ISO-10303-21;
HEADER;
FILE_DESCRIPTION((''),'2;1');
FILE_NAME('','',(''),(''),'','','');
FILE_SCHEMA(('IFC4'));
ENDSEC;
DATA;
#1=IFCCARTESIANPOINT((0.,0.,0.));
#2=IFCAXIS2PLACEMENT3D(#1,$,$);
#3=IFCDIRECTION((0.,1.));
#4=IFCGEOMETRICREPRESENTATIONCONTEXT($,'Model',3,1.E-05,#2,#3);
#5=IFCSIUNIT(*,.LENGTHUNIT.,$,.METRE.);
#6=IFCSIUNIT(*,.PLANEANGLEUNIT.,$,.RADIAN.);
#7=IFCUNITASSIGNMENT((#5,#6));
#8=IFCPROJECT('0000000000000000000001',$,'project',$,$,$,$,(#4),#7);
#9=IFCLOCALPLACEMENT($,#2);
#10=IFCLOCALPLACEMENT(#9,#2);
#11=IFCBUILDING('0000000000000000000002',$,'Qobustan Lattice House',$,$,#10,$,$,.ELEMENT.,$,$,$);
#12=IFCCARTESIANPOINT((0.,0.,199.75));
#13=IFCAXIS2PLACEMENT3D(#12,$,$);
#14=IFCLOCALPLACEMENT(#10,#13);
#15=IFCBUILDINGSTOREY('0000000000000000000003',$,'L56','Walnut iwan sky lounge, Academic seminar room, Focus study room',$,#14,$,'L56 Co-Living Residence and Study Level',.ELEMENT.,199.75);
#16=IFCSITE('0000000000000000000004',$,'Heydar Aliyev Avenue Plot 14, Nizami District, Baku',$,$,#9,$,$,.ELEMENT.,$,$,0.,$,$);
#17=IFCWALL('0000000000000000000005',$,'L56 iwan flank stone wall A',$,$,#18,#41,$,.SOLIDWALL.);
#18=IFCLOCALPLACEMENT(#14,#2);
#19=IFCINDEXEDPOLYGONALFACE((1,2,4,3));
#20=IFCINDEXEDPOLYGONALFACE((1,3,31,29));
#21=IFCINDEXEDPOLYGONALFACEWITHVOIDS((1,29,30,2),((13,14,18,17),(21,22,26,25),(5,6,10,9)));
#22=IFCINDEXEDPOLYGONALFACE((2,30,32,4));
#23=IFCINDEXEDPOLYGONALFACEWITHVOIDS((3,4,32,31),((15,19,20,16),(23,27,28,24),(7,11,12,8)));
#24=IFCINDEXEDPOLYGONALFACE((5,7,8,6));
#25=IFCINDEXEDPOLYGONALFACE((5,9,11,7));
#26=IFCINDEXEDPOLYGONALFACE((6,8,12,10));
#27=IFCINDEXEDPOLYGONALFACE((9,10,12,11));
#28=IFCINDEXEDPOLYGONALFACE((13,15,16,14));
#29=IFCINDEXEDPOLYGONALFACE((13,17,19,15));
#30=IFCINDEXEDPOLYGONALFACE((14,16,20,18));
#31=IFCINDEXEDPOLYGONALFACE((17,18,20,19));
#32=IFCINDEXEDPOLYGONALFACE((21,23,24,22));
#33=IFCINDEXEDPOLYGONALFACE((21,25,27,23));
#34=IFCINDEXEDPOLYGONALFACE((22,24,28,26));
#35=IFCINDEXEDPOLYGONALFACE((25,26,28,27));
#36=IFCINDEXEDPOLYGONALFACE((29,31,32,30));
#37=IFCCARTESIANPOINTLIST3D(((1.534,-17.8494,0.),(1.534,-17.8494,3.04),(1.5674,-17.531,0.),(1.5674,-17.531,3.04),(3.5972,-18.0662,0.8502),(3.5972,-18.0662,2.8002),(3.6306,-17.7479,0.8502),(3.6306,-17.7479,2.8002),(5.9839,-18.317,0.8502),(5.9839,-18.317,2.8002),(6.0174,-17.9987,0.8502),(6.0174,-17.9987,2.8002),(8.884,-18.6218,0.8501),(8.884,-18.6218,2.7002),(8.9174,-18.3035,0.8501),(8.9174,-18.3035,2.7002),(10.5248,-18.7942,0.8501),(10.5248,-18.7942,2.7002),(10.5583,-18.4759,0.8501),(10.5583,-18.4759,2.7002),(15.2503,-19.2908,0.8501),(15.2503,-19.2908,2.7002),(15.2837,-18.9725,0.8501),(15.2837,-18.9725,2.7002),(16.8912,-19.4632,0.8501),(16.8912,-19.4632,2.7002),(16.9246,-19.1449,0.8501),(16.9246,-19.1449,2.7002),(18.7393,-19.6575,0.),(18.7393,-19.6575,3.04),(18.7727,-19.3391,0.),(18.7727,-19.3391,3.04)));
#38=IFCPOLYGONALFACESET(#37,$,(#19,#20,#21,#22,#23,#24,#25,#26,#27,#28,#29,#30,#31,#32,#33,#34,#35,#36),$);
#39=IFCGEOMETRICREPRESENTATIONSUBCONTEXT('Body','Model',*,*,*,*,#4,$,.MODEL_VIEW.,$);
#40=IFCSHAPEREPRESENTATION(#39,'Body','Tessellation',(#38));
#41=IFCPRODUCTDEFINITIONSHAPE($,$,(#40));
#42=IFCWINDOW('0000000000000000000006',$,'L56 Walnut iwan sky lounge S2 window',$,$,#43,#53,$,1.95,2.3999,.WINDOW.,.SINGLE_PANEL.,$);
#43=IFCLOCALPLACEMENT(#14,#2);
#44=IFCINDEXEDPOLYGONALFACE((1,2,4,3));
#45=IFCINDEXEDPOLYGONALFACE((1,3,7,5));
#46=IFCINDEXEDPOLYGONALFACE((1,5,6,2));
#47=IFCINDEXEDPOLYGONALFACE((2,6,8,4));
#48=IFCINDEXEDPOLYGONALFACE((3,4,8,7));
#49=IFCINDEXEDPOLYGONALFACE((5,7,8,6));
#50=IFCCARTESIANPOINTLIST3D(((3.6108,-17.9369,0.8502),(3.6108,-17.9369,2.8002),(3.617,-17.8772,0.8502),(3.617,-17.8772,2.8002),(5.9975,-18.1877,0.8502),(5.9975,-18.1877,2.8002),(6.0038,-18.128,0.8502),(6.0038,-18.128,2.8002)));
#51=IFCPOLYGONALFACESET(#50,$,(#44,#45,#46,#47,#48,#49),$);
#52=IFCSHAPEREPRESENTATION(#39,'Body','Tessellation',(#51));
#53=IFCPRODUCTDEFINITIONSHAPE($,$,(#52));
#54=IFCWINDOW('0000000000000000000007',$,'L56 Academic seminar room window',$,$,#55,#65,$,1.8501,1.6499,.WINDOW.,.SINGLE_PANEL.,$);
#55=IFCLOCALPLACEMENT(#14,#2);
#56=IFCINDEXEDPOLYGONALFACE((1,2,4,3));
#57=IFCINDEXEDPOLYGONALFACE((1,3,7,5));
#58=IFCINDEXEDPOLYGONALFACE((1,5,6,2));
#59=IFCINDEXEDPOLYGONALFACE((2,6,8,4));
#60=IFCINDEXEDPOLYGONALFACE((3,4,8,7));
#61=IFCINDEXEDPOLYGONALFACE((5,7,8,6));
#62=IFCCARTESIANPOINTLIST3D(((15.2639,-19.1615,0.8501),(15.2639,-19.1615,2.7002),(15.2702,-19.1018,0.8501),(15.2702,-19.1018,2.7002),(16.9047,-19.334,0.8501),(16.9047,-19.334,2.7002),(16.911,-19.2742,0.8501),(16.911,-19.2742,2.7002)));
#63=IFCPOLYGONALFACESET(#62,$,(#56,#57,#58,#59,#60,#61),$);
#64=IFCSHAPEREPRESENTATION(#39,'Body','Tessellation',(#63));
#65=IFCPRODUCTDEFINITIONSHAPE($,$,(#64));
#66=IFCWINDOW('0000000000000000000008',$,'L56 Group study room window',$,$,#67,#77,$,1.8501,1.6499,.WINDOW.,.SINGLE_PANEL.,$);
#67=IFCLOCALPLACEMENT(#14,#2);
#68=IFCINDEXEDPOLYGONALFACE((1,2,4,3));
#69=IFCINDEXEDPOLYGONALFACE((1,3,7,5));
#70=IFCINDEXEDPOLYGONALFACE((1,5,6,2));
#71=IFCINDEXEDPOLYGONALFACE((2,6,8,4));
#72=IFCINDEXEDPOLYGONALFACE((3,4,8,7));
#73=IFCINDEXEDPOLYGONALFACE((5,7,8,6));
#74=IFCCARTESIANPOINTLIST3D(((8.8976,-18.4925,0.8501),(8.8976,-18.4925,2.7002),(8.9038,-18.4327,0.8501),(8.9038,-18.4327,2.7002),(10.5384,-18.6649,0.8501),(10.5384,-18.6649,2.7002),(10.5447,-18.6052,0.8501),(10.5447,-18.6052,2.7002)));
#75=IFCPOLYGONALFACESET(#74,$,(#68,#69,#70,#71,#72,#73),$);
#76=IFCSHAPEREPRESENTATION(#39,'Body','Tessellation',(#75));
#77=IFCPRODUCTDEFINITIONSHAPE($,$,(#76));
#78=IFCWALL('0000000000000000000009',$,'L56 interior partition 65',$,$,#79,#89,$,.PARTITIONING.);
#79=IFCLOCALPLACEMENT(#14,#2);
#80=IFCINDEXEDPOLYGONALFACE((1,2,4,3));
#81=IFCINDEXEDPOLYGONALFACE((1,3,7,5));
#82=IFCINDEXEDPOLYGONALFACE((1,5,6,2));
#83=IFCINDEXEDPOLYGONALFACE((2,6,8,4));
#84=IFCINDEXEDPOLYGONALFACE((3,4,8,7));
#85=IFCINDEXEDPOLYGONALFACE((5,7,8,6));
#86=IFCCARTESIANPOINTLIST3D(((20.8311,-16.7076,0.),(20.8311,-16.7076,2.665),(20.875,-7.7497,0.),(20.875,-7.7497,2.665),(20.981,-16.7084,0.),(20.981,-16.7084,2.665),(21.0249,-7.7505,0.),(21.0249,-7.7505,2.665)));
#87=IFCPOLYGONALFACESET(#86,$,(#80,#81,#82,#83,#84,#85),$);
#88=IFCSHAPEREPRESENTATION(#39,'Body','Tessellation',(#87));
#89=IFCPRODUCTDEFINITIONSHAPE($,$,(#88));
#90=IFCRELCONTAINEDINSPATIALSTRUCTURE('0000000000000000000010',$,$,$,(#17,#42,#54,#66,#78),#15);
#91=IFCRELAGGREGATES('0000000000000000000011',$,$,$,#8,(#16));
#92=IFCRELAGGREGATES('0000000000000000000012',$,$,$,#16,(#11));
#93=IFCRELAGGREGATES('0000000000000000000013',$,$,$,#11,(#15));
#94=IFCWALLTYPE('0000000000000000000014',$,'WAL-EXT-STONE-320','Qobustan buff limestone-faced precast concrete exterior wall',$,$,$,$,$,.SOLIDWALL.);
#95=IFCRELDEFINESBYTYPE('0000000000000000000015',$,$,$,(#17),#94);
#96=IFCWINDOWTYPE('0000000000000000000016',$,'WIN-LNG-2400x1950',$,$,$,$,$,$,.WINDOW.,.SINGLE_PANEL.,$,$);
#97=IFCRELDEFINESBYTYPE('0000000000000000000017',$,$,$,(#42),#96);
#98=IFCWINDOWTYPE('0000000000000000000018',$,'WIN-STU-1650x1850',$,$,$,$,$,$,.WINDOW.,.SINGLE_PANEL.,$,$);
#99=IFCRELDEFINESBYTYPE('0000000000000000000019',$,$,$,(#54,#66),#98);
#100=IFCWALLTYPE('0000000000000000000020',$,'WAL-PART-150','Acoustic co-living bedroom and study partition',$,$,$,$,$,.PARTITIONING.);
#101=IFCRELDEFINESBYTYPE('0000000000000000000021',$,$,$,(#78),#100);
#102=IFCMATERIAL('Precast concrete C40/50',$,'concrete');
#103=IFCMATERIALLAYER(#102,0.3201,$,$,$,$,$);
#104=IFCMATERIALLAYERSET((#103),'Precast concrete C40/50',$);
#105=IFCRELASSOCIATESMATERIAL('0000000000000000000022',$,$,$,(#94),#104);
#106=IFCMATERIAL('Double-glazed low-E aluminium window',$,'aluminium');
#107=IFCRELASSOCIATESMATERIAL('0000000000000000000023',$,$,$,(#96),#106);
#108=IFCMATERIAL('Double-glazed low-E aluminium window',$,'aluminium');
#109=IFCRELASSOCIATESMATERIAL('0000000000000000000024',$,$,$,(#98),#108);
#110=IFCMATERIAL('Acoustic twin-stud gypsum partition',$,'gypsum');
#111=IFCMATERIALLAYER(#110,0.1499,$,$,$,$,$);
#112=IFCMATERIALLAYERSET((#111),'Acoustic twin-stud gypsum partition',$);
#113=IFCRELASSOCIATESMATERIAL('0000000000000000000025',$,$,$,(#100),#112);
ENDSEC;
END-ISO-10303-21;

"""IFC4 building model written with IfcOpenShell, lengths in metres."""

from ifc_helpers import new_model, si_unit, direction, frame, frame_2d, origin, place, context, subcontext, project, spatial, rectangle, extrude, material, layer, layer_set, type_object, element, fill, save


model = new_model("IFC4")

# Units and contexts
model_context = context("Model", 3, precision=1e-05, world=origin(), true_north=direction((0.0, 1.0)))
body_context = subcontext(model_context, "Body", "Model", "MODEL_VIEW")
ifc_project = project(units=[si_unit("LENGTHUNIT", "METRE"), si_unit("PLANEANGLEUNIT", "RADIAN")], contexts=[model_context])

# Site, building, storey
site_placement = place(None, origin())
site = spatial("IfcSite", under=ifc_project, at=site_placement, Name="Heydar Aliyev Avenue Plot 14, Nizami District, Baku", CompositionType="ELEMENT", RefElevation=0.0)
building_placement = place(site_placement, origin())
building = spatial("IfcBuilding", under=site, at=building_placement, Name="Qobustan Lattice House", CompositionType="ELEMENT")
storey_placement = place(building_placement, frame((0.0, 0.0, 199.75)))
storey = spatial("IfcBuildingStorey", under=building, at=storey_placement, Name="L56", Description="Walnut iwan sky lounge, Academic seminar room, Focus study room", LongName="L56 Co-Living Residence and Study Level", CompositionType="ELEMENT", Elevation=199.75)

# Shared definitions
ifc_material_1 = material(Name="Precast concrete C40/50", Category="concrete")
ifc_layer_1 = layer(ifc_material_1, 0.3201)
ifc_layer_set_1 = layer_set([ifc_layer_1], Name="Precast concrete C40/50")
wall_type_1 = type_object("IfcWallType", Name="WAL-EXT-STONE-320", Description="Qobustan buff limestone-faced precast concrete exterior wall", PredefinedType="SOLIDWALL", material=ifc_layer_set_1)

# Wall, openings, windows
wall_1_placement = place(storey_placement, frame((18.7559, -19.4983, 0.0), z_axis=(0.0, 0.0, 1.0), x_axis=(-0.994523, 0.104514, 0.0)))
wall_1 = element("IfcWall", 1, at=wall_1_placement, inside=storey, type_object=wall_type_1, Name="L56 iwan flank stone wall A", PredefinedType="SOLIDWALL", context=body_context, shape_type="SweptSolid", body=[
    extrude(rectangle(XDim=17.3, YDim=0.3201, at=frame_2d((8.6499, 0.0))), origin(), (0.0, 0.0, 1.0), 3.04),
])
opening_1_placement = place(wall_1_placement, frame((1.8582, 0.0, 0.8501)))
opening_1 = element("IfcOpeningElement", 2, at=opening_1_placement, cuts=wall_1, PredefinedType="OPENING", context=body_context, shape_type="SweptSolid", body=[
    extrude(rectangle(XDim=1.6499, YDim=1.8501, at=frame_2d((0.825, 0.925))), frame((0.0, 0.1699, 0.0), z_axis=(0.0, -1.0, 0.0), x_axis=(1.0, 0.0, 0.0)), (0.0, 0.0, 1.0), 0.3401),
])
opening_2_placement = place(wall_1_placement, frame((8.2595, 0.0, 0.8501)))
opening_2 = element("IfcOpeningElement", 3, at=opening_2_placement, cuts=wall_1, PredefinedType="OPENING", context=body_context, shape_type="SweptSolid", body=[
    extrude(rectangle(XDim=1.6499, YDim=1.8501, at=frame_2d((0.825, 0.925))), frame((0.0, 0.1699, 0.0), z_axis=(0.0, -1.0, 0.0), x_axis=(1.0, 0.0, 0.0)), (0.0, 0.0, 1.0), 0.3401),
])
opening_3_placement = place(wall_1_placement, frame((12.8254, 0.0, 0.8501)))
opening_3 = element("IfcOpeningElement", 4, at=opening_3_placement, cuts=wall_1, PredefinedType="OPENING", context=body_context, shape_type="SweptSolid", body=[
    extrude(rectangle(XDim=2.3999, YDim=1.95, at=frame_2d((1.2, 0.9751))), frame((0.0, 0.1699, 0.0), z_axis=(0.0, -1.0, 0.0), x_axis=(1.0, 0.0, 0.0)), (0.0, 0.0, 1.0), 0.3401),
])
ifc_material_2 = material(Name="Double-glazed low-E aluminium window", Category="aluminium")
window_type_1 = type_object("IfcWindowType", Name="WIN-LNG-2400x1950", PartitioningType="SINGLE_PANEL", PredefinedType="WINDOW", material=ifc_material_2)
window_1_placement = place(opening_3_placement, origin())
window_1 = element("IfcWindow", 5, at=window_1_placement, inside=storey, type_object=window_type_1, Name="L56 Walnut iwan sky lounge S2 window", OverallHeight=1.95, OverallWidth=2.3999, PartitioningType="SINGLE_PANEL", PredefinedType="WINDOW", context=body_context, shape_type="SweptSolid", body=[
    extrude(rectangle(XDim=2.3999, YDim=1.95, at=frame_2d((1.2, 0.9751))), frame((0.0, 0.03, 0.0), z_axis=(0.0, -1.0, 0.0), x_axis=(1.0, 0.0, 0.0)), (0.0, 0.0, 1.0), 0.0601),
])
fill(opening_3, window_1)
ifc_material_3 = material(Name="Double-glazed low-E aluminium window", Category="aluminium")
window_type_2 = type_object("IfcWindowType", Name="WIN-STU-1650x1850", PartitioningType="SINGLE_PANEL", PredefinedType="WINDOW", material=ifc_material_3)
window_2_placement = place(opening_1_placement, origin())
window_2 = element("IfcWindow", 6, at=window_2_placement, inside=storey, type_object=window_type_2, Name="L56 Academic seminar room window", OverallHeight=1.8501, OverallWidth=1.6499, PartitioningType="SINGLE_PANEL", PredefinedType="WINDOW", context=body_context, shape_type="SweptSolid", body=[
    extrude(rectangle(XDim=1.6499, YDim=1.8501, at=frame_2d((0.825, 0.925))), frame((0.0, 0.03, 0.0), z_axis=(0.0, -1.0, 0.0), x_axis=(1.0, 0.0, 0.0)), (0.0, 0.0, 1.0), 0.0601),
])
fill(opening_1, window_2)
window_3_placement = place(opening_2_placement, origin())
window_3 = element("IfcWindow", 7, at=window_3_placement, inside=storey, type_object=window_type_2, Name="L56 Group study room window", OverallHeight=1.8501, OverallWidth=1.6499, PartitioningType="SINGLE_PANEL", PredefinedType="WINDOW", context=body_context, shape_type="SweptSolid", body=[
    extrude(rectangle(XDim=1.6499, YDim=1.8501, at=frame_2d((0.825, 0.925))), frame((0.0, 0.03, 0.0), z_axis=(0.0, -1.0, 0.0), x_axis=(1.0, 0.0, 0.0)), (0.0, 0.0, 1.0), 0.0601),
])
fill(opening_2, window_3)

# Wall
ifc_material_4 = material(Name="Acoustic twin-stud gypsum partition", Category="gypsum")
ifc_layer_2 = layer(ifc_material_4, 0.1499)
ifc_layer_set_2 = layer_set([ifc_layer_2], Name="Acoustic twin-stud gypsum partition")
wall_type_2 = type_object("IfcWallType", Name="WAL-PART-150", Description="Acoustic co-living bedroom and study partition", PredefinedType="PARTITIONING", material=ifc_layer_set_2)
wall_2_placement = place(storey_placement, frame((20.906, -16.708, 0.0), z_axis=(0.0, 0.0, 1.0), x_axis=(0.004906, 0.999988, 0.0)))
element("IfcWall", 8, at=wall_2_placement, inside=storey, type_object=wall_type_2, Name="L56 interior partition 65", PredefinedType="PARTITIONING", context=body_context, shape_type="SweptSolid", body=[
    extrude(rectangle(XDim=8.958, YDim=0.1499, at=frame_2d((4.479, 0.0))), origin(), (0.0, 0.0, 1.0), 2.665),
])

save(model, "model.ifc")
